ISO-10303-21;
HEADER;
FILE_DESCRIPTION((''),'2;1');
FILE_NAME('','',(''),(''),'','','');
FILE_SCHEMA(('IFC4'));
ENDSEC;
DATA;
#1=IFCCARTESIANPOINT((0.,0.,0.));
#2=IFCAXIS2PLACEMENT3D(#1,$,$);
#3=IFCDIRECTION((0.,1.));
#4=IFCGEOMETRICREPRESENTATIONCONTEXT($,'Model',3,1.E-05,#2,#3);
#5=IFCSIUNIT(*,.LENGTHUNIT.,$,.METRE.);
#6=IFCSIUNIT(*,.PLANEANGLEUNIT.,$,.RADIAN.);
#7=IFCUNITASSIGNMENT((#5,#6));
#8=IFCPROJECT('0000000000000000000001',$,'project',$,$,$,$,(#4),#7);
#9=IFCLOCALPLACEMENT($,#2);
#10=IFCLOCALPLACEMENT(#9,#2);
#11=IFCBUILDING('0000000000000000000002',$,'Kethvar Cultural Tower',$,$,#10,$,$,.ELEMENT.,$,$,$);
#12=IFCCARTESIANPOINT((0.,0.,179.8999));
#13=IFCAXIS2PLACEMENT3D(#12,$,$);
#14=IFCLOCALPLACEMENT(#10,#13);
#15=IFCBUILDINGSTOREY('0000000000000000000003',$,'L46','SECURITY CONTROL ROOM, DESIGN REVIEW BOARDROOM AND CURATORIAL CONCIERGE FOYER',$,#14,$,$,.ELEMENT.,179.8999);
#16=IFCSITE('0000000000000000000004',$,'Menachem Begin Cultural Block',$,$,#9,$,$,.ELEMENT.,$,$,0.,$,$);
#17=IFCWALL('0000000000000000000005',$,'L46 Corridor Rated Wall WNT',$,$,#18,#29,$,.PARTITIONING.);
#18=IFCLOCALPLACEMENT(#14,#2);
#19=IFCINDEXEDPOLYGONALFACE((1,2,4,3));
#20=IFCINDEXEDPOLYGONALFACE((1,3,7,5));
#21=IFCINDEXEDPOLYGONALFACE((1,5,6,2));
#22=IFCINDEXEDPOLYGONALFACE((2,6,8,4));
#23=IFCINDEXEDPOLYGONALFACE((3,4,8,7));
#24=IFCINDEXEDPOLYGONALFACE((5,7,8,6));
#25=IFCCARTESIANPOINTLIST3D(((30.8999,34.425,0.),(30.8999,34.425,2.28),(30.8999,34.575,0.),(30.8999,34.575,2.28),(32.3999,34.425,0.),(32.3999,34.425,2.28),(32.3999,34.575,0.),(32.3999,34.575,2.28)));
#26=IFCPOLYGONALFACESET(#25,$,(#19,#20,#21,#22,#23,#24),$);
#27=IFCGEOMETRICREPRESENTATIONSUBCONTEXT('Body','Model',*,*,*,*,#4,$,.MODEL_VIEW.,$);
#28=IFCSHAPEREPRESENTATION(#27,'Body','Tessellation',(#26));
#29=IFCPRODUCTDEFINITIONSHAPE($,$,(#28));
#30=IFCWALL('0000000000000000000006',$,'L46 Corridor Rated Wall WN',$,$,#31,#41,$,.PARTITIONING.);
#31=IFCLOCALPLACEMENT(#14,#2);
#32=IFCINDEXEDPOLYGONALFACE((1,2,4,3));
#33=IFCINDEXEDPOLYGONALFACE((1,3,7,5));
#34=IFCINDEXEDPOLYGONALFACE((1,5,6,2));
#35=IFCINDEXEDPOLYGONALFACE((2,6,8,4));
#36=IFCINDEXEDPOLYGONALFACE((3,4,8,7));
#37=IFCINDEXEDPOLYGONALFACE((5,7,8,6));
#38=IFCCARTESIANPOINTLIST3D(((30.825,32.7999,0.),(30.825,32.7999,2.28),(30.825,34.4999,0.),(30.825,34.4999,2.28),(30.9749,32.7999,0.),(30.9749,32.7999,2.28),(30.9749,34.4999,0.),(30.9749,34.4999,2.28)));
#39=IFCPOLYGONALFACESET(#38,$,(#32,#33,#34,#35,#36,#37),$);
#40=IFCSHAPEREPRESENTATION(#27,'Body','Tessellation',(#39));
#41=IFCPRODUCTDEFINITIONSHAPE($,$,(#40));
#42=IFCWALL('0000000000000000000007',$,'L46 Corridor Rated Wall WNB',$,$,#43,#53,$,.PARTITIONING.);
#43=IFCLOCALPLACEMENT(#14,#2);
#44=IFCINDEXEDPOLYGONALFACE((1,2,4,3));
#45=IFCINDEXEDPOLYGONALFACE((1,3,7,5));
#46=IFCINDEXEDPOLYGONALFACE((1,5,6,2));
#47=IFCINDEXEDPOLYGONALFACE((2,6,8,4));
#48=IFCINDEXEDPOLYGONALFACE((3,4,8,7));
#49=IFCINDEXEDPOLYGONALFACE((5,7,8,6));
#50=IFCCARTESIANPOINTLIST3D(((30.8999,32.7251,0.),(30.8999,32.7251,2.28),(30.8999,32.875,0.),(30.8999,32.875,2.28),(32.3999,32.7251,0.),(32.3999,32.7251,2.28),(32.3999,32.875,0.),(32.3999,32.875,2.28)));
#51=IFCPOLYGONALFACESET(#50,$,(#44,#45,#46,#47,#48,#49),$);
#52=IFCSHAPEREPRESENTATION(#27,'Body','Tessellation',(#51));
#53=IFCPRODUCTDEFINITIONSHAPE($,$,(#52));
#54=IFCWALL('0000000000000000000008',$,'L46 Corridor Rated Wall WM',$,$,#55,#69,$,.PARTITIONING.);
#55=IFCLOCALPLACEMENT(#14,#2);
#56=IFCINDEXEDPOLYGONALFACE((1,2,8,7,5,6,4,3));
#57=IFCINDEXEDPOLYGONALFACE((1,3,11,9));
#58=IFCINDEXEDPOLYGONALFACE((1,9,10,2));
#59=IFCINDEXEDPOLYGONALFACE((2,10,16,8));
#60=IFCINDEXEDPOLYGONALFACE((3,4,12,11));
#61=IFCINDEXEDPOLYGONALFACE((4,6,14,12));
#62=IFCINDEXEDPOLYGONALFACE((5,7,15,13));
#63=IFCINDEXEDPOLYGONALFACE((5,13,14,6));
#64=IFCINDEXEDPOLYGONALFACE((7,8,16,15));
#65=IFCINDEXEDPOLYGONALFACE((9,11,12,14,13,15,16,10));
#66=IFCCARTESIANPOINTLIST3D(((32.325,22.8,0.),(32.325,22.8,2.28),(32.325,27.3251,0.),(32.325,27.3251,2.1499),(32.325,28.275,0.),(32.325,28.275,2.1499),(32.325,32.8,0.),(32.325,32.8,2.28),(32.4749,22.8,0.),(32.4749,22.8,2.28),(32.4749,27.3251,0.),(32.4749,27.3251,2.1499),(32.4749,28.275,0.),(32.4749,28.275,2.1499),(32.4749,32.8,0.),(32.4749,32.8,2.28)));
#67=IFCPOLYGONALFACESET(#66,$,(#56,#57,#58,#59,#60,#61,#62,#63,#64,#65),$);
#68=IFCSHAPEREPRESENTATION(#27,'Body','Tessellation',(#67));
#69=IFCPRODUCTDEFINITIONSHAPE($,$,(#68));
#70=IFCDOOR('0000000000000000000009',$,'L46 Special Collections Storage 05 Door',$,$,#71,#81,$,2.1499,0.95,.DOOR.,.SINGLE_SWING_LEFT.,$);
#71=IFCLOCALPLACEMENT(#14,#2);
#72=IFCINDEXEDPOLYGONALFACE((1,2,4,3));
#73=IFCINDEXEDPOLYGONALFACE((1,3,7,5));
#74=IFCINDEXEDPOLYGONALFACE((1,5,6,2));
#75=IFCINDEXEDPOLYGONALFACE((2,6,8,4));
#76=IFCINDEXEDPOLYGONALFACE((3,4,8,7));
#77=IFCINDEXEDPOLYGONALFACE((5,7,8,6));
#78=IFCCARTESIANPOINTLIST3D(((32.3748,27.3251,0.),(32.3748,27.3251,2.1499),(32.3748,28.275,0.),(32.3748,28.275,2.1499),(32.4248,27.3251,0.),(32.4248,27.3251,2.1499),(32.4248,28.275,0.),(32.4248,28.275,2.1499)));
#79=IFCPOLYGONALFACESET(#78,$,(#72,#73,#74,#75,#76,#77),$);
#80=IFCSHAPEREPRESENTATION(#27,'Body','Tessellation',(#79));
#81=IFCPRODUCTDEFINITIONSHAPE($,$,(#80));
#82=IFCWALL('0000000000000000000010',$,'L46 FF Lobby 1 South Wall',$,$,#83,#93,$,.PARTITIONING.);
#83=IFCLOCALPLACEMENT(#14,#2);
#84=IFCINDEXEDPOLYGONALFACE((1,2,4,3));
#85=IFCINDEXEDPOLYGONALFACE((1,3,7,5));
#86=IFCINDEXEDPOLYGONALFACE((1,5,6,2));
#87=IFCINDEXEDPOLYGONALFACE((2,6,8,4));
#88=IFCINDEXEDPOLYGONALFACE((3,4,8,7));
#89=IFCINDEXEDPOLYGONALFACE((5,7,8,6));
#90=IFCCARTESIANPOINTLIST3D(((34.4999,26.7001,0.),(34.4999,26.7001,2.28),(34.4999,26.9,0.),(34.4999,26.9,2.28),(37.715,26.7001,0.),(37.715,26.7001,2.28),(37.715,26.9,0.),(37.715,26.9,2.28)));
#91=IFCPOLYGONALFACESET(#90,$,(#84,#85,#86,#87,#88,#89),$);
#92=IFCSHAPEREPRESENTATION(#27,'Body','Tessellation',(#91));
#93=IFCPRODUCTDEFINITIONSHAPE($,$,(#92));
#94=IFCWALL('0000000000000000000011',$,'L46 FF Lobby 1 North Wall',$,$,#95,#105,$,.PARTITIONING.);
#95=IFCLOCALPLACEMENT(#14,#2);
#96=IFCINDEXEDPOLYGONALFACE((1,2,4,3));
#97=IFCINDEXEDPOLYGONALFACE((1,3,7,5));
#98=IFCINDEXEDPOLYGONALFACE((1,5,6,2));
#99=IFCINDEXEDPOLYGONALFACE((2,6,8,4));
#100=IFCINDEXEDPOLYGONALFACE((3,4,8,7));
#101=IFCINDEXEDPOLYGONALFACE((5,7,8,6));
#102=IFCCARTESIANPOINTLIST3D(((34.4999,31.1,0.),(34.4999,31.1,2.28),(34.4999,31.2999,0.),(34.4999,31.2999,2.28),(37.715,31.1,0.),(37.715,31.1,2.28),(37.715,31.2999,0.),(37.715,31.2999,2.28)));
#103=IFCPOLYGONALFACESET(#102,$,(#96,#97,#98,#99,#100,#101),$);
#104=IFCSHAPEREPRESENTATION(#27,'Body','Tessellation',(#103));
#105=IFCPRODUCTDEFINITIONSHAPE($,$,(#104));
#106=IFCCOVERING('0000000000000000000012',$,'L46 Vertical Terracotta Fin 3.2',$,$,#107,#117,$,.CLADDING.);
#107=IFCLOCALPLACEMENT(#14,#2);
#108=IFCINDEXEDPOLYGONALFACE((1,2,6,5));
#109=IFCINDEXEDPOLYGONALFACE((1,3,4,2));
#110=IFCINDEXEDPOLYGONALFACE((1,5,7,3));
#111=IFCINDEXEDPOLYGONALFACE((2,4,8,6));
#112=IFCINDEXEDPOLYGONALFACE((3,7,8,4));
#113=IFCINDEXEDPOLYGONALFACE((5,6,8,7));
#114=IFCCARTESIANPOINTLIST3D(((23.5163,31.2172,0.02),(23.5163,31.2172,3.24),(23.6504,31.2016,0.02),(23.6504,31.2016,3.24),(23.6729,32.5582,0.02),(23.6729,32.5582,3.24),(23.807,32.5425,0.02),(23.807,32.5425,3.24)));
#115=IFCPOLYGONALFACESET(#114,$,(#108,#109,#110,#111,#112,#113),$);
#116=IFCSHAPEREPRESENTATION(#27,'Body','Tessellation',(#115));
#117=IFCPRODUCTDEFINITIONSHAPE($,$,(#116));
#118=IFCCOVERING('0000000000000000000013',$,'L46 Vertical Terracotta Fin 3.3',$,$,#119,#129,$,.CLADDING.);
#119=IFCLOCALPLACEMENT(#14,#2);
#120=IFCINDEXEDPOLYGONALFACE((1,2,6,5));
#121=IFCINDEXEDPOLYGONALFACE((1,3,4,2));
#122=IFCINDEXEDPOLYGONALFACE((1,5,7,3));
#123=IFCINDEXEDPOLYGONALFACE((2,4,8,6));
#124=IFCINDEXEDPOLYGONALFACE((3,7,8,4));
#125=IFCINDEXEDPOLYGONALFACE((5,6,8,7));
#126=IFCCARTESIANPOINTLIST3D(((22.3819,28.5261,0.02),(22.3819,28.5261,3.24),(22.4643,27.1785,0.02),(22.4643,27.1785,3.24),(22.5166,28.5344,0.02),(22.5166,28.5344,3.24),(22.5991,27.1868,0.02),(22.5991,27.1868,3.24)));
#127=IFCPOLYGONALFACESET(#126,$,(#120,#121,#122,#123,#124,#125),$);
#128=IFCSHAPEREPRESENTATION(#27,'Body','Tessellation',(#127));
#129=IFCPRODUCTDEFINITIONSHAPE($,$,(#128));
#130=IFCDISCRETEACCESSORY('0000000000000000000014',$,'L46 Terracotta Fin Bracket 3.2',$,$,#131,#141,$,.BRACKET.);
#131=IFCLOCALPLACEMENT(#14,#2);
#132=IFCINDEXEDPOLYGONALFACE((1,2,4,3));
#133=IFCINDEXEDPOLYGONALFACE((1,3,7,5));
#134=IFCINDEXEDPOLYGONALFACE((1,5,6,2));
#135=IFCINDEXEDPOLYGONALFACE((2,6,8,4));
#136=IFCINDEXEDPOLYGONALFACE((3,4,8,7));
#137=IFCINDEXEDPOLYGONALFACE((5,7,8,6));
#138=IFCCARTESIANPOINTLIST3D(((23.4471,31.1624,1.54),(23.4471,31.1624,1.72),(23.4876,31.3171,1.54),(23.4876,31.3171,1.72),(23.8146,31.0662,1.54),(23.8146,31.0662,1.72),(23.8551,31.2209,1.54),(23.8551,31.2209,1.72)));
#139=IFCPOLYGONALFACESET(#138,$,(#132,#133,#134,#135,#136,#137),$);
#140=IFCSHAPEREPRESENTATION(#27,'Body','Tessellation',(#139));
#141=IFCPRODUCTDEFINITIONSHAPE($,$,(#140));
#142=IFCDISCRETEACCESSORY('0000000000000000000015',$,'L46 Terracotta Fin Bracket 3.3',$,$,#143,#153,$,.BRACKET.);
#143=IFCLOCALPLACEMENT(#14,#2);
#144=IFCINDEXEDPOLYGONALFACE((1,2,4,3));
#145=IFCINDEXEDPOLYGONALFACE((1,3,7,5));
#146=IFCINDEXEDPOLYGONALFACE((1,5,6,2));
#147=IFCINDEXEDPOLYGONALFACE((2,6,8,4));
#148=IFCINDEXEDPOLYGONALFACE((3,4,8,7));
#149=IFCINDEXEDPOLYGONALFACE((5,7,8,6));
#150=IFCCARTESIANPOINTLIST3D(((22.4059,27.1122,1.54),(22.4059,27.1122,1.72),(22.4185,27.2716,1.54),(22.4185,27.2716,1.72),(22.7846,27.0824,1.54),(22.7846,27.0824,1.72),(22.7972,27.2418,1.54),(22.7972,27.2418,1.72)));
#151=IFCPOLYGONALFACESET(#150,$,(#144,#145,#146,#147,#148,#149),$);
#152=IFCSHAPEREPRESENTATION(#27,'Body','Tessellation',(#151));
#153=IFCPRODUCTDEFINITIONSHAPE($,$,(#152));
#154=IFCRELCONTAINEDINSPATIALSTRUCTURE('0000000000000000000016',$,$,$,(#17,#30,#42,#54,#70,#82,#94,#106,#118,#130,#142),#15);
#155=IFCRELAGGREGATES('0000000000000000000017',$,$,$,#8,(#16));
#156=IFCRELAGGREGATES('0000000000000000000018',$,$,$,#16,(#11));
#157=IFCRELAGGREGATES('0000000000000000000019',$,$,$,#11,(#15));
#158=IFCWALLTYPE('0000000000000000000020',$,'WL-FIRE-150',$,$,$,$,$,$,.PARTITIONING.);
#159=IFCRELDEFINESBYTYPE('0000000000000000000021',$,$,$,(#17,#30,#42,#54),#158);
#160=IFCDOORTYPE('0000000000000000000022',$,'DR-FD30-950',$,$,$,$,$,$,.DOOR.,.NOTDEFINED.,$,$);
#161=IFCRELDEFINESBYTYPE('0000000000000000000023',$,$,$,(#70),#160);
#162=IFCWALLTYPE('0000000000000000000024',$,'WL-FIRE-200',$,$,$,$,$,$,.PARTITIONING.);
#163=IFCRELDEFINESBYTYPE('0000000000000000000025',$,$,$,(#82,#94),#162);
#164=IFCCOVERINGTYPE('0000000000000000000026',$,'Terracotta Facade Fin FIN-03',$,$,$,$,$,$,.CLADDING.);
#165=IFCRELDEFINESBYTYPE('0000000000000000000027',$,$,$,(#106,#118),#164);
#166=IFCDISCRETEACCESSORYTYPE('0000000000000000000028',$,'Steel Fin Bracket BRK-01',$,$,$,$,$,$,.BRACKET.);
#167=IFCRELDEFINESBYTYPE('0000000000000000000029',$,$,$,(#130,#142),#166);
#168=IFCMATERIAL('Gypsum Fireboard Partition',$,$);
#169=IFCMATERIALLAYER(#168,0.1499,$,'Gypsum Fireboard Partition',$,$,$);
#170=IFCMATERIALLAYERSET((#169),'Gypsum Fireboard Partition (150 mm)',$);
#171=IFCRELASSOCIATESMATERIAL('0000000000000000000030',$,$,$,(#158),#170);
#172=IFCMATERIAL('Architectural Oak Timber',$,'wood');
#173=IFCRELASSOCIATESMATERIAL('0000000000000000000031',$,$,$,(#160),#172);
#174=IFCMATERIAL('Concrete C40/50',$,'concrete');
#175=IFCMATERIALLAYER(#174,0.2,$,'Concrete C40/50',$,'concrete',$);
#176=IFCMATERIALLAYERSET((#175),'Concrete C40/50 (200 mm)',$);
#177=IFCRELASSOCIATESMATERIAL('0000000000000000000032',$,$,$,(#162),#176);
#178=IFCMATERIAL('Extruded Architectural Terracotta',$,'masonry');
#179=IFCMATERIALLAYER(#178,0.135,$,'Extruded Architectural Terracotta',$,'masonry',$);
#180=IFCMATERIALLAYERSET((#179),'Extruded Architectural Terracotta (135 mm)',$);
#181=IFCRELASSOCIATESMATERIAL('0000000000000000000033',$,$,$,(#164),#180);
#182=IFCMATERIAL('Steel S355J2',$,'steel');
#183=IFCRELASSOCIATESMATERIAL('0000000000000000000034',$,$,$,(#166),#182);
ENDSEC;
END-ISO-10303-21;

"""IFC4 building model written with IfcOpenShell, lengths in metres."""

from ifc_helpers import new_model, si_unit, direction, frame, frame_2d, origin, origin_2d, place, context, subcontext, project, spatial, rectangle, extrude, source, transform, mapped, material, layer, layer_set, type_object, element, fill, save


model = new_model("IFC4")

# Units and contexts
model_context = context("Model", 3, precision=1e-05, world=origin(), true_north=direction((0.0, 1.0)))
body_context = subcontext(model_context, "Body", "Model", "MODEL_VIEW")
ifc_project = project(units=[si_unit("LENGTHUNIT", "METRE"), si_unit("PLANEANGLEUNIT", "RADIAN")], contexts=[model_context])

# Site, building, storey
site_placement = place(None, origin())
site = spatial("IfcSite", under=ifc_project, at=site_placement, Name="Menachem Begin Cultural Block", CompositionType="ELEMENT", RefElevation=0.0)
building_placement = place(site_placement, origin())
building = spatial("IfcBuilding", under=site, at=building_placement, Name="Kethvar Cultural Tower", CompositionType="ELEMENT")
storey_placement = place(building_placement, frame((0.0, 0.0, 179.8999)))
storey = spatial("IfcBuildingStorey", under=building, at=storey_placement, Name="L46", Description="SECURITY CONTROL ROOM, DESIGN REVIEW BOARDROOM AND CURATORIAL CONCIERGE FOYER", CompositionType="ELEMENT", Elevation=179.8999)

# Shared definitions
ifc_material_1 = material(Name="Steel S355J2", Category="steel")

# Walls
ifc_material_2 = material(Name="Gypsum Fireboard Partition")
ifc_layer_1 = layer(ifc_material_2, 0.1499, Name="Gypsum Fireboard Partition")
ifc_layer_set_1 = layer_set([ifc_layer_1], Name="Gypsum Fireboard Partition (150 mm)")
wall_type_1 = type_object("IfcWallType", Name="WL-FIRE-150", PredefinedType="PARTITIONING", material=ifc_layer_set_1)
wall_1_placement = place(storey_placement, frame((32.3999, 34.5, 0.0), z_axis=(0.0, 0.0, 1.0), x_axis=(-1.0, 0.0, 0.0)))
element("IfcWall", 1, at=wall_1_placement, inside=storey, type_object=wall_type_1, Name="L46 Corridor Rated Wall WNT", PredefinedType="PARTITIONING", context=body_context, shape_type="SweptSolid", body=[
    extrude(rectangle(XDim=1.5, YDim=0.1499, at=frame_2d((0.75, 0.0))), origin(), (0.0, 0.0, 1.0), 2.28),
])
wall_2_placement = place(storey_placement, frame((30.8999, 34.5, 0.0), z_axis=(0.0, 0.0, 1.0), x_axis=(0.0, -1.0, 0.0)))
element("IfcWall", 2, at=wall_2_placement, inside=storey, type_object=wall_type_1, Name="L46 Corridor Rated Wall WN", PredefinedType="PARTITIONING", context=body_context, shape_type="SweptSolid", body=[
    extrude(rectangle(XDim=1.7, YDim=0.1499, at=frame_2d((0.8501, 0.0))), origin(), (0.0, 0.0, 1.0), 2.28),
])
wall_3_placement = place(storey_placement, frame((30.8999, 32.8, 0.0), z_axis=(0.0, 0.0, 1.0), x_axis=(1.0, 0.0, 0.0)))
element("IfcWall", 3, at=wall_3_placement, inside=storey, type_object=wall_type_1, Name="L46 Corridor Rated Wall WNB", PredefinedType="PARTITIONING", context=body_context, shape_type="SweptSolid", body=[
    extrude(rectangle(XDim=1.5, YDim=0.1499, at=frame_2d((0.75, 0.0))), origin(), (0.0, 0.0, 1.0), 2.28),
])

# Wall, opening, door
wall_4_placement = place(storey_placement, frame((32.3999, 32.8, 0.0), z_axis=(0.0, 0.0, 1.0), x_axis=(0.0, -1.0, 0.0)))
wall_4 = element("IfcWall", 4, at=wall_4_placement, inside=storey, type_object=wall_type_1, Name="L46 Corridor Rated Wall WM", PredefinedType="PARTITIONING", context=body_context, shape_type="SweptSolid", body=[
    extrude(rectangle(XDim=10.0, YDim=0.1499, at=frame_2d((5.0, 0.0))), origin(), (0.0, 0.0, 1.0), 2.28),
])
opening_1_placement = place(wall_4_placement, frame((4.5249, 0.0, 0.0)))
opening_1 = element("IfcOpeningElement", 5, at=opening_1_placement, cuts=wall_4, PredefinedType="OPENING", context=body_context, shape_type="SweptSolid", body=[
    extrude(rectangle(XDim=0.95, YDim=2.1499, at=frame_2d((0.4751, 1.075))), frame((0.0, 0.085, 0.0), z_axis=(0.0, -1.0, 0.0), x_axis=(1.0, 0.0, 0.0)), (0.0, 0.0, 1.0), 0.1699),
])
ifc_material_3 = material(Name="Architectural Oak Timber", Category="wood")
door_type_1 = type_object("IfcDoorType", Name="DR-FD30-950", OperationType="NOTDEFINED", PredefinedType="DOOR", material=ifc_material_3)
shared_shape_1 = source(origin(), body_context, "Body", "SweptSolid", [
    extrude(rectangle(XDim=0.95, YDim=2.1499, at=frame_2d((0.4751, 1.075))), frame((0.0, 0.0249, 0.0), z_axis=(0.0, -1.0, 0.0), x_axis=(1.0, 0.0, 0.0)), (0.0, 0.0, 1.0), 0.05),
])
door_1_placement = place(opening_1_placement, origin())
door_1 = element("IfcDoor", 6, at=door_1_placement, inside=storey, type_object=door_type_1, Name="L46 Special Collections Storage 05 Door", OperationType="SINGLE_SWING_LEFT", OverallHeight=2.1499, OverallWidth=0.95, PredefinedType="DOOR", context=body_context, shape_type="MappedRepresentation", body=[
    mapped(shared_shape_1, transform((0.0, 0.0, 0.0), scale=1.0)),
])
fill(opening_1, door_1)
ifc_material_4 = material(Name="Concrete C40/50", Category="concrete")
ifc_layer_2 = layer(ifc_material_4, 0.2, Name="Concrete C40/50", Category="concrete")
ifc_layer_set_2 = layer_set([ifc_layer_2], Name="Concrete C40/50 (200 mm)")
wall_type_2 = type_object("IfcWallType", Name="WL-FIRE-200", PredefinedType="PARTITIONING", material=ifc_layer_set_2)

# Walls
for number, where, z_axis, x_axis, name in (
    (7, (34.5, 26.8, 0.0), (0.0, 0.0, 1.0), (1.0, 0.0, 0.0), "L46 FF Lobby 1 South Wall"),
    (8, (34.5, 31.2, 0.0), (0.0, 0.0, 1.0), (1.0, 0.0, 0.0), "L46 FF Lobby 1 North Wall"),
):
    element("IfcWall", number, at=place(storey_placement, frame(where, z_axis=z_axis, x_axis=x_axis)), inside=storey, type_object=wall_type_2, Name=name, PredefinedType="PARTITIONING", context=body_context, shape_type="SweptSolid", body=[
        extrude(rectangle(XDim=3.2151, YDim=0.2, at=frame_2d((1.6074, 0.0))), origin(), (0.0, 0.0, 1.0), 2.28),
    ])

# Coverings
ifc_material_5 = material(Name="Extruded Architectural Terracotta", Category="masonry")
ifc_layer_3 = layer(ifc_material_5, 0.135, Name="Extruded Architectural Terracotta", Category="masonry")
ifc_layer_set_3 = layer_set([ifc_layer_3], Name="Extruded Architectural Terracotta (135 mm)")
covering_type = type_object("IfcCoveringType", Name="Terracotta Facade Fin FIN-03", PredefinedType="CLADDING", material=ifc_layer_set_3)
shared_shape_2 = source(origin(), body_context, "Body", "SweptSolid", [
    extrude(rectangle(XDim=1.3501, YDim=0.135, at=origin_2d()), origin(), (0.0, 0.0, 1.0), 3.22),
])
for number, where, z_axis, x_axis, name in (
    (9, (23.6616, 31.8799, 0.02), (0.0, 0.0, 1.0), (0.115977, 0.993252, 0.0), "L46 Vertical Terracotta Fin 3.2"),
    (10, (22.4905, 27.8564, 0.02), (0.0, 0.0, 1.0), (-0.061049, 0.998135, 0.0), "L46 Vertical Terracotta Fin 3.3"),
):
    element("IfcCovering", number, at=place(storey_placement, frame(where, z_axis=z_axis, x_axis=x_axis)), inside=storey, type_object=covering_type, Name=name, PredefinedType="CLADDING", context=body_context, shape_type="MappedRepresentation", body=[
        mapped(shared_shape_2, transform((0.0, 0.0, 0.0), scale=1.0)),
    ])

# Discrete accessories
discrete_accessory_type = type_object("IfcDiscreteAccessoryType", Name="Steel Fin Bracket BRK-01", PredefinedType="BRACKET", material=ifc_material_1)
shared_shape_3 = source(origin(), body_context, "Body", "SweptSolid", [
    extrude(rectangle(XDim=0.3799, YDim=0.1599, at=origin_2d()), origin(), (0.0, 0.0, 1.0), 0.1799),
])
for number, where, z_axis, x_axis, name in (
    (11, (23.6511, 31.1917, 1.54), (0.0, 0.0, 1.0), (-0.967445, 0.253083, 0.0), "L46 Terracotta Fin Bracket 3.2"),
    (12, (22.6016, 27.177, 1.54), (0.0, 0.0, 1.0), (-0.996917, 0.078459, 0.0), "L46 Terracotta Fin Bracket 3.3"),
):
    element("IfcDiscreteAccessory", number, at=place(storey_placement, frame(where, z_axis=z_axis, x_axis=x_axis)), inside=storey, type_object=discrete_accessory_type, Name=name, PredefinedType="BRACKET", context=body_context, shape_type="MappedRepresentation", body=[
        mapped(shared_shape_3, transform((0.0, 0.0, 0.0), scale=1.0)),
    ])

save(model, "model.ifc")
